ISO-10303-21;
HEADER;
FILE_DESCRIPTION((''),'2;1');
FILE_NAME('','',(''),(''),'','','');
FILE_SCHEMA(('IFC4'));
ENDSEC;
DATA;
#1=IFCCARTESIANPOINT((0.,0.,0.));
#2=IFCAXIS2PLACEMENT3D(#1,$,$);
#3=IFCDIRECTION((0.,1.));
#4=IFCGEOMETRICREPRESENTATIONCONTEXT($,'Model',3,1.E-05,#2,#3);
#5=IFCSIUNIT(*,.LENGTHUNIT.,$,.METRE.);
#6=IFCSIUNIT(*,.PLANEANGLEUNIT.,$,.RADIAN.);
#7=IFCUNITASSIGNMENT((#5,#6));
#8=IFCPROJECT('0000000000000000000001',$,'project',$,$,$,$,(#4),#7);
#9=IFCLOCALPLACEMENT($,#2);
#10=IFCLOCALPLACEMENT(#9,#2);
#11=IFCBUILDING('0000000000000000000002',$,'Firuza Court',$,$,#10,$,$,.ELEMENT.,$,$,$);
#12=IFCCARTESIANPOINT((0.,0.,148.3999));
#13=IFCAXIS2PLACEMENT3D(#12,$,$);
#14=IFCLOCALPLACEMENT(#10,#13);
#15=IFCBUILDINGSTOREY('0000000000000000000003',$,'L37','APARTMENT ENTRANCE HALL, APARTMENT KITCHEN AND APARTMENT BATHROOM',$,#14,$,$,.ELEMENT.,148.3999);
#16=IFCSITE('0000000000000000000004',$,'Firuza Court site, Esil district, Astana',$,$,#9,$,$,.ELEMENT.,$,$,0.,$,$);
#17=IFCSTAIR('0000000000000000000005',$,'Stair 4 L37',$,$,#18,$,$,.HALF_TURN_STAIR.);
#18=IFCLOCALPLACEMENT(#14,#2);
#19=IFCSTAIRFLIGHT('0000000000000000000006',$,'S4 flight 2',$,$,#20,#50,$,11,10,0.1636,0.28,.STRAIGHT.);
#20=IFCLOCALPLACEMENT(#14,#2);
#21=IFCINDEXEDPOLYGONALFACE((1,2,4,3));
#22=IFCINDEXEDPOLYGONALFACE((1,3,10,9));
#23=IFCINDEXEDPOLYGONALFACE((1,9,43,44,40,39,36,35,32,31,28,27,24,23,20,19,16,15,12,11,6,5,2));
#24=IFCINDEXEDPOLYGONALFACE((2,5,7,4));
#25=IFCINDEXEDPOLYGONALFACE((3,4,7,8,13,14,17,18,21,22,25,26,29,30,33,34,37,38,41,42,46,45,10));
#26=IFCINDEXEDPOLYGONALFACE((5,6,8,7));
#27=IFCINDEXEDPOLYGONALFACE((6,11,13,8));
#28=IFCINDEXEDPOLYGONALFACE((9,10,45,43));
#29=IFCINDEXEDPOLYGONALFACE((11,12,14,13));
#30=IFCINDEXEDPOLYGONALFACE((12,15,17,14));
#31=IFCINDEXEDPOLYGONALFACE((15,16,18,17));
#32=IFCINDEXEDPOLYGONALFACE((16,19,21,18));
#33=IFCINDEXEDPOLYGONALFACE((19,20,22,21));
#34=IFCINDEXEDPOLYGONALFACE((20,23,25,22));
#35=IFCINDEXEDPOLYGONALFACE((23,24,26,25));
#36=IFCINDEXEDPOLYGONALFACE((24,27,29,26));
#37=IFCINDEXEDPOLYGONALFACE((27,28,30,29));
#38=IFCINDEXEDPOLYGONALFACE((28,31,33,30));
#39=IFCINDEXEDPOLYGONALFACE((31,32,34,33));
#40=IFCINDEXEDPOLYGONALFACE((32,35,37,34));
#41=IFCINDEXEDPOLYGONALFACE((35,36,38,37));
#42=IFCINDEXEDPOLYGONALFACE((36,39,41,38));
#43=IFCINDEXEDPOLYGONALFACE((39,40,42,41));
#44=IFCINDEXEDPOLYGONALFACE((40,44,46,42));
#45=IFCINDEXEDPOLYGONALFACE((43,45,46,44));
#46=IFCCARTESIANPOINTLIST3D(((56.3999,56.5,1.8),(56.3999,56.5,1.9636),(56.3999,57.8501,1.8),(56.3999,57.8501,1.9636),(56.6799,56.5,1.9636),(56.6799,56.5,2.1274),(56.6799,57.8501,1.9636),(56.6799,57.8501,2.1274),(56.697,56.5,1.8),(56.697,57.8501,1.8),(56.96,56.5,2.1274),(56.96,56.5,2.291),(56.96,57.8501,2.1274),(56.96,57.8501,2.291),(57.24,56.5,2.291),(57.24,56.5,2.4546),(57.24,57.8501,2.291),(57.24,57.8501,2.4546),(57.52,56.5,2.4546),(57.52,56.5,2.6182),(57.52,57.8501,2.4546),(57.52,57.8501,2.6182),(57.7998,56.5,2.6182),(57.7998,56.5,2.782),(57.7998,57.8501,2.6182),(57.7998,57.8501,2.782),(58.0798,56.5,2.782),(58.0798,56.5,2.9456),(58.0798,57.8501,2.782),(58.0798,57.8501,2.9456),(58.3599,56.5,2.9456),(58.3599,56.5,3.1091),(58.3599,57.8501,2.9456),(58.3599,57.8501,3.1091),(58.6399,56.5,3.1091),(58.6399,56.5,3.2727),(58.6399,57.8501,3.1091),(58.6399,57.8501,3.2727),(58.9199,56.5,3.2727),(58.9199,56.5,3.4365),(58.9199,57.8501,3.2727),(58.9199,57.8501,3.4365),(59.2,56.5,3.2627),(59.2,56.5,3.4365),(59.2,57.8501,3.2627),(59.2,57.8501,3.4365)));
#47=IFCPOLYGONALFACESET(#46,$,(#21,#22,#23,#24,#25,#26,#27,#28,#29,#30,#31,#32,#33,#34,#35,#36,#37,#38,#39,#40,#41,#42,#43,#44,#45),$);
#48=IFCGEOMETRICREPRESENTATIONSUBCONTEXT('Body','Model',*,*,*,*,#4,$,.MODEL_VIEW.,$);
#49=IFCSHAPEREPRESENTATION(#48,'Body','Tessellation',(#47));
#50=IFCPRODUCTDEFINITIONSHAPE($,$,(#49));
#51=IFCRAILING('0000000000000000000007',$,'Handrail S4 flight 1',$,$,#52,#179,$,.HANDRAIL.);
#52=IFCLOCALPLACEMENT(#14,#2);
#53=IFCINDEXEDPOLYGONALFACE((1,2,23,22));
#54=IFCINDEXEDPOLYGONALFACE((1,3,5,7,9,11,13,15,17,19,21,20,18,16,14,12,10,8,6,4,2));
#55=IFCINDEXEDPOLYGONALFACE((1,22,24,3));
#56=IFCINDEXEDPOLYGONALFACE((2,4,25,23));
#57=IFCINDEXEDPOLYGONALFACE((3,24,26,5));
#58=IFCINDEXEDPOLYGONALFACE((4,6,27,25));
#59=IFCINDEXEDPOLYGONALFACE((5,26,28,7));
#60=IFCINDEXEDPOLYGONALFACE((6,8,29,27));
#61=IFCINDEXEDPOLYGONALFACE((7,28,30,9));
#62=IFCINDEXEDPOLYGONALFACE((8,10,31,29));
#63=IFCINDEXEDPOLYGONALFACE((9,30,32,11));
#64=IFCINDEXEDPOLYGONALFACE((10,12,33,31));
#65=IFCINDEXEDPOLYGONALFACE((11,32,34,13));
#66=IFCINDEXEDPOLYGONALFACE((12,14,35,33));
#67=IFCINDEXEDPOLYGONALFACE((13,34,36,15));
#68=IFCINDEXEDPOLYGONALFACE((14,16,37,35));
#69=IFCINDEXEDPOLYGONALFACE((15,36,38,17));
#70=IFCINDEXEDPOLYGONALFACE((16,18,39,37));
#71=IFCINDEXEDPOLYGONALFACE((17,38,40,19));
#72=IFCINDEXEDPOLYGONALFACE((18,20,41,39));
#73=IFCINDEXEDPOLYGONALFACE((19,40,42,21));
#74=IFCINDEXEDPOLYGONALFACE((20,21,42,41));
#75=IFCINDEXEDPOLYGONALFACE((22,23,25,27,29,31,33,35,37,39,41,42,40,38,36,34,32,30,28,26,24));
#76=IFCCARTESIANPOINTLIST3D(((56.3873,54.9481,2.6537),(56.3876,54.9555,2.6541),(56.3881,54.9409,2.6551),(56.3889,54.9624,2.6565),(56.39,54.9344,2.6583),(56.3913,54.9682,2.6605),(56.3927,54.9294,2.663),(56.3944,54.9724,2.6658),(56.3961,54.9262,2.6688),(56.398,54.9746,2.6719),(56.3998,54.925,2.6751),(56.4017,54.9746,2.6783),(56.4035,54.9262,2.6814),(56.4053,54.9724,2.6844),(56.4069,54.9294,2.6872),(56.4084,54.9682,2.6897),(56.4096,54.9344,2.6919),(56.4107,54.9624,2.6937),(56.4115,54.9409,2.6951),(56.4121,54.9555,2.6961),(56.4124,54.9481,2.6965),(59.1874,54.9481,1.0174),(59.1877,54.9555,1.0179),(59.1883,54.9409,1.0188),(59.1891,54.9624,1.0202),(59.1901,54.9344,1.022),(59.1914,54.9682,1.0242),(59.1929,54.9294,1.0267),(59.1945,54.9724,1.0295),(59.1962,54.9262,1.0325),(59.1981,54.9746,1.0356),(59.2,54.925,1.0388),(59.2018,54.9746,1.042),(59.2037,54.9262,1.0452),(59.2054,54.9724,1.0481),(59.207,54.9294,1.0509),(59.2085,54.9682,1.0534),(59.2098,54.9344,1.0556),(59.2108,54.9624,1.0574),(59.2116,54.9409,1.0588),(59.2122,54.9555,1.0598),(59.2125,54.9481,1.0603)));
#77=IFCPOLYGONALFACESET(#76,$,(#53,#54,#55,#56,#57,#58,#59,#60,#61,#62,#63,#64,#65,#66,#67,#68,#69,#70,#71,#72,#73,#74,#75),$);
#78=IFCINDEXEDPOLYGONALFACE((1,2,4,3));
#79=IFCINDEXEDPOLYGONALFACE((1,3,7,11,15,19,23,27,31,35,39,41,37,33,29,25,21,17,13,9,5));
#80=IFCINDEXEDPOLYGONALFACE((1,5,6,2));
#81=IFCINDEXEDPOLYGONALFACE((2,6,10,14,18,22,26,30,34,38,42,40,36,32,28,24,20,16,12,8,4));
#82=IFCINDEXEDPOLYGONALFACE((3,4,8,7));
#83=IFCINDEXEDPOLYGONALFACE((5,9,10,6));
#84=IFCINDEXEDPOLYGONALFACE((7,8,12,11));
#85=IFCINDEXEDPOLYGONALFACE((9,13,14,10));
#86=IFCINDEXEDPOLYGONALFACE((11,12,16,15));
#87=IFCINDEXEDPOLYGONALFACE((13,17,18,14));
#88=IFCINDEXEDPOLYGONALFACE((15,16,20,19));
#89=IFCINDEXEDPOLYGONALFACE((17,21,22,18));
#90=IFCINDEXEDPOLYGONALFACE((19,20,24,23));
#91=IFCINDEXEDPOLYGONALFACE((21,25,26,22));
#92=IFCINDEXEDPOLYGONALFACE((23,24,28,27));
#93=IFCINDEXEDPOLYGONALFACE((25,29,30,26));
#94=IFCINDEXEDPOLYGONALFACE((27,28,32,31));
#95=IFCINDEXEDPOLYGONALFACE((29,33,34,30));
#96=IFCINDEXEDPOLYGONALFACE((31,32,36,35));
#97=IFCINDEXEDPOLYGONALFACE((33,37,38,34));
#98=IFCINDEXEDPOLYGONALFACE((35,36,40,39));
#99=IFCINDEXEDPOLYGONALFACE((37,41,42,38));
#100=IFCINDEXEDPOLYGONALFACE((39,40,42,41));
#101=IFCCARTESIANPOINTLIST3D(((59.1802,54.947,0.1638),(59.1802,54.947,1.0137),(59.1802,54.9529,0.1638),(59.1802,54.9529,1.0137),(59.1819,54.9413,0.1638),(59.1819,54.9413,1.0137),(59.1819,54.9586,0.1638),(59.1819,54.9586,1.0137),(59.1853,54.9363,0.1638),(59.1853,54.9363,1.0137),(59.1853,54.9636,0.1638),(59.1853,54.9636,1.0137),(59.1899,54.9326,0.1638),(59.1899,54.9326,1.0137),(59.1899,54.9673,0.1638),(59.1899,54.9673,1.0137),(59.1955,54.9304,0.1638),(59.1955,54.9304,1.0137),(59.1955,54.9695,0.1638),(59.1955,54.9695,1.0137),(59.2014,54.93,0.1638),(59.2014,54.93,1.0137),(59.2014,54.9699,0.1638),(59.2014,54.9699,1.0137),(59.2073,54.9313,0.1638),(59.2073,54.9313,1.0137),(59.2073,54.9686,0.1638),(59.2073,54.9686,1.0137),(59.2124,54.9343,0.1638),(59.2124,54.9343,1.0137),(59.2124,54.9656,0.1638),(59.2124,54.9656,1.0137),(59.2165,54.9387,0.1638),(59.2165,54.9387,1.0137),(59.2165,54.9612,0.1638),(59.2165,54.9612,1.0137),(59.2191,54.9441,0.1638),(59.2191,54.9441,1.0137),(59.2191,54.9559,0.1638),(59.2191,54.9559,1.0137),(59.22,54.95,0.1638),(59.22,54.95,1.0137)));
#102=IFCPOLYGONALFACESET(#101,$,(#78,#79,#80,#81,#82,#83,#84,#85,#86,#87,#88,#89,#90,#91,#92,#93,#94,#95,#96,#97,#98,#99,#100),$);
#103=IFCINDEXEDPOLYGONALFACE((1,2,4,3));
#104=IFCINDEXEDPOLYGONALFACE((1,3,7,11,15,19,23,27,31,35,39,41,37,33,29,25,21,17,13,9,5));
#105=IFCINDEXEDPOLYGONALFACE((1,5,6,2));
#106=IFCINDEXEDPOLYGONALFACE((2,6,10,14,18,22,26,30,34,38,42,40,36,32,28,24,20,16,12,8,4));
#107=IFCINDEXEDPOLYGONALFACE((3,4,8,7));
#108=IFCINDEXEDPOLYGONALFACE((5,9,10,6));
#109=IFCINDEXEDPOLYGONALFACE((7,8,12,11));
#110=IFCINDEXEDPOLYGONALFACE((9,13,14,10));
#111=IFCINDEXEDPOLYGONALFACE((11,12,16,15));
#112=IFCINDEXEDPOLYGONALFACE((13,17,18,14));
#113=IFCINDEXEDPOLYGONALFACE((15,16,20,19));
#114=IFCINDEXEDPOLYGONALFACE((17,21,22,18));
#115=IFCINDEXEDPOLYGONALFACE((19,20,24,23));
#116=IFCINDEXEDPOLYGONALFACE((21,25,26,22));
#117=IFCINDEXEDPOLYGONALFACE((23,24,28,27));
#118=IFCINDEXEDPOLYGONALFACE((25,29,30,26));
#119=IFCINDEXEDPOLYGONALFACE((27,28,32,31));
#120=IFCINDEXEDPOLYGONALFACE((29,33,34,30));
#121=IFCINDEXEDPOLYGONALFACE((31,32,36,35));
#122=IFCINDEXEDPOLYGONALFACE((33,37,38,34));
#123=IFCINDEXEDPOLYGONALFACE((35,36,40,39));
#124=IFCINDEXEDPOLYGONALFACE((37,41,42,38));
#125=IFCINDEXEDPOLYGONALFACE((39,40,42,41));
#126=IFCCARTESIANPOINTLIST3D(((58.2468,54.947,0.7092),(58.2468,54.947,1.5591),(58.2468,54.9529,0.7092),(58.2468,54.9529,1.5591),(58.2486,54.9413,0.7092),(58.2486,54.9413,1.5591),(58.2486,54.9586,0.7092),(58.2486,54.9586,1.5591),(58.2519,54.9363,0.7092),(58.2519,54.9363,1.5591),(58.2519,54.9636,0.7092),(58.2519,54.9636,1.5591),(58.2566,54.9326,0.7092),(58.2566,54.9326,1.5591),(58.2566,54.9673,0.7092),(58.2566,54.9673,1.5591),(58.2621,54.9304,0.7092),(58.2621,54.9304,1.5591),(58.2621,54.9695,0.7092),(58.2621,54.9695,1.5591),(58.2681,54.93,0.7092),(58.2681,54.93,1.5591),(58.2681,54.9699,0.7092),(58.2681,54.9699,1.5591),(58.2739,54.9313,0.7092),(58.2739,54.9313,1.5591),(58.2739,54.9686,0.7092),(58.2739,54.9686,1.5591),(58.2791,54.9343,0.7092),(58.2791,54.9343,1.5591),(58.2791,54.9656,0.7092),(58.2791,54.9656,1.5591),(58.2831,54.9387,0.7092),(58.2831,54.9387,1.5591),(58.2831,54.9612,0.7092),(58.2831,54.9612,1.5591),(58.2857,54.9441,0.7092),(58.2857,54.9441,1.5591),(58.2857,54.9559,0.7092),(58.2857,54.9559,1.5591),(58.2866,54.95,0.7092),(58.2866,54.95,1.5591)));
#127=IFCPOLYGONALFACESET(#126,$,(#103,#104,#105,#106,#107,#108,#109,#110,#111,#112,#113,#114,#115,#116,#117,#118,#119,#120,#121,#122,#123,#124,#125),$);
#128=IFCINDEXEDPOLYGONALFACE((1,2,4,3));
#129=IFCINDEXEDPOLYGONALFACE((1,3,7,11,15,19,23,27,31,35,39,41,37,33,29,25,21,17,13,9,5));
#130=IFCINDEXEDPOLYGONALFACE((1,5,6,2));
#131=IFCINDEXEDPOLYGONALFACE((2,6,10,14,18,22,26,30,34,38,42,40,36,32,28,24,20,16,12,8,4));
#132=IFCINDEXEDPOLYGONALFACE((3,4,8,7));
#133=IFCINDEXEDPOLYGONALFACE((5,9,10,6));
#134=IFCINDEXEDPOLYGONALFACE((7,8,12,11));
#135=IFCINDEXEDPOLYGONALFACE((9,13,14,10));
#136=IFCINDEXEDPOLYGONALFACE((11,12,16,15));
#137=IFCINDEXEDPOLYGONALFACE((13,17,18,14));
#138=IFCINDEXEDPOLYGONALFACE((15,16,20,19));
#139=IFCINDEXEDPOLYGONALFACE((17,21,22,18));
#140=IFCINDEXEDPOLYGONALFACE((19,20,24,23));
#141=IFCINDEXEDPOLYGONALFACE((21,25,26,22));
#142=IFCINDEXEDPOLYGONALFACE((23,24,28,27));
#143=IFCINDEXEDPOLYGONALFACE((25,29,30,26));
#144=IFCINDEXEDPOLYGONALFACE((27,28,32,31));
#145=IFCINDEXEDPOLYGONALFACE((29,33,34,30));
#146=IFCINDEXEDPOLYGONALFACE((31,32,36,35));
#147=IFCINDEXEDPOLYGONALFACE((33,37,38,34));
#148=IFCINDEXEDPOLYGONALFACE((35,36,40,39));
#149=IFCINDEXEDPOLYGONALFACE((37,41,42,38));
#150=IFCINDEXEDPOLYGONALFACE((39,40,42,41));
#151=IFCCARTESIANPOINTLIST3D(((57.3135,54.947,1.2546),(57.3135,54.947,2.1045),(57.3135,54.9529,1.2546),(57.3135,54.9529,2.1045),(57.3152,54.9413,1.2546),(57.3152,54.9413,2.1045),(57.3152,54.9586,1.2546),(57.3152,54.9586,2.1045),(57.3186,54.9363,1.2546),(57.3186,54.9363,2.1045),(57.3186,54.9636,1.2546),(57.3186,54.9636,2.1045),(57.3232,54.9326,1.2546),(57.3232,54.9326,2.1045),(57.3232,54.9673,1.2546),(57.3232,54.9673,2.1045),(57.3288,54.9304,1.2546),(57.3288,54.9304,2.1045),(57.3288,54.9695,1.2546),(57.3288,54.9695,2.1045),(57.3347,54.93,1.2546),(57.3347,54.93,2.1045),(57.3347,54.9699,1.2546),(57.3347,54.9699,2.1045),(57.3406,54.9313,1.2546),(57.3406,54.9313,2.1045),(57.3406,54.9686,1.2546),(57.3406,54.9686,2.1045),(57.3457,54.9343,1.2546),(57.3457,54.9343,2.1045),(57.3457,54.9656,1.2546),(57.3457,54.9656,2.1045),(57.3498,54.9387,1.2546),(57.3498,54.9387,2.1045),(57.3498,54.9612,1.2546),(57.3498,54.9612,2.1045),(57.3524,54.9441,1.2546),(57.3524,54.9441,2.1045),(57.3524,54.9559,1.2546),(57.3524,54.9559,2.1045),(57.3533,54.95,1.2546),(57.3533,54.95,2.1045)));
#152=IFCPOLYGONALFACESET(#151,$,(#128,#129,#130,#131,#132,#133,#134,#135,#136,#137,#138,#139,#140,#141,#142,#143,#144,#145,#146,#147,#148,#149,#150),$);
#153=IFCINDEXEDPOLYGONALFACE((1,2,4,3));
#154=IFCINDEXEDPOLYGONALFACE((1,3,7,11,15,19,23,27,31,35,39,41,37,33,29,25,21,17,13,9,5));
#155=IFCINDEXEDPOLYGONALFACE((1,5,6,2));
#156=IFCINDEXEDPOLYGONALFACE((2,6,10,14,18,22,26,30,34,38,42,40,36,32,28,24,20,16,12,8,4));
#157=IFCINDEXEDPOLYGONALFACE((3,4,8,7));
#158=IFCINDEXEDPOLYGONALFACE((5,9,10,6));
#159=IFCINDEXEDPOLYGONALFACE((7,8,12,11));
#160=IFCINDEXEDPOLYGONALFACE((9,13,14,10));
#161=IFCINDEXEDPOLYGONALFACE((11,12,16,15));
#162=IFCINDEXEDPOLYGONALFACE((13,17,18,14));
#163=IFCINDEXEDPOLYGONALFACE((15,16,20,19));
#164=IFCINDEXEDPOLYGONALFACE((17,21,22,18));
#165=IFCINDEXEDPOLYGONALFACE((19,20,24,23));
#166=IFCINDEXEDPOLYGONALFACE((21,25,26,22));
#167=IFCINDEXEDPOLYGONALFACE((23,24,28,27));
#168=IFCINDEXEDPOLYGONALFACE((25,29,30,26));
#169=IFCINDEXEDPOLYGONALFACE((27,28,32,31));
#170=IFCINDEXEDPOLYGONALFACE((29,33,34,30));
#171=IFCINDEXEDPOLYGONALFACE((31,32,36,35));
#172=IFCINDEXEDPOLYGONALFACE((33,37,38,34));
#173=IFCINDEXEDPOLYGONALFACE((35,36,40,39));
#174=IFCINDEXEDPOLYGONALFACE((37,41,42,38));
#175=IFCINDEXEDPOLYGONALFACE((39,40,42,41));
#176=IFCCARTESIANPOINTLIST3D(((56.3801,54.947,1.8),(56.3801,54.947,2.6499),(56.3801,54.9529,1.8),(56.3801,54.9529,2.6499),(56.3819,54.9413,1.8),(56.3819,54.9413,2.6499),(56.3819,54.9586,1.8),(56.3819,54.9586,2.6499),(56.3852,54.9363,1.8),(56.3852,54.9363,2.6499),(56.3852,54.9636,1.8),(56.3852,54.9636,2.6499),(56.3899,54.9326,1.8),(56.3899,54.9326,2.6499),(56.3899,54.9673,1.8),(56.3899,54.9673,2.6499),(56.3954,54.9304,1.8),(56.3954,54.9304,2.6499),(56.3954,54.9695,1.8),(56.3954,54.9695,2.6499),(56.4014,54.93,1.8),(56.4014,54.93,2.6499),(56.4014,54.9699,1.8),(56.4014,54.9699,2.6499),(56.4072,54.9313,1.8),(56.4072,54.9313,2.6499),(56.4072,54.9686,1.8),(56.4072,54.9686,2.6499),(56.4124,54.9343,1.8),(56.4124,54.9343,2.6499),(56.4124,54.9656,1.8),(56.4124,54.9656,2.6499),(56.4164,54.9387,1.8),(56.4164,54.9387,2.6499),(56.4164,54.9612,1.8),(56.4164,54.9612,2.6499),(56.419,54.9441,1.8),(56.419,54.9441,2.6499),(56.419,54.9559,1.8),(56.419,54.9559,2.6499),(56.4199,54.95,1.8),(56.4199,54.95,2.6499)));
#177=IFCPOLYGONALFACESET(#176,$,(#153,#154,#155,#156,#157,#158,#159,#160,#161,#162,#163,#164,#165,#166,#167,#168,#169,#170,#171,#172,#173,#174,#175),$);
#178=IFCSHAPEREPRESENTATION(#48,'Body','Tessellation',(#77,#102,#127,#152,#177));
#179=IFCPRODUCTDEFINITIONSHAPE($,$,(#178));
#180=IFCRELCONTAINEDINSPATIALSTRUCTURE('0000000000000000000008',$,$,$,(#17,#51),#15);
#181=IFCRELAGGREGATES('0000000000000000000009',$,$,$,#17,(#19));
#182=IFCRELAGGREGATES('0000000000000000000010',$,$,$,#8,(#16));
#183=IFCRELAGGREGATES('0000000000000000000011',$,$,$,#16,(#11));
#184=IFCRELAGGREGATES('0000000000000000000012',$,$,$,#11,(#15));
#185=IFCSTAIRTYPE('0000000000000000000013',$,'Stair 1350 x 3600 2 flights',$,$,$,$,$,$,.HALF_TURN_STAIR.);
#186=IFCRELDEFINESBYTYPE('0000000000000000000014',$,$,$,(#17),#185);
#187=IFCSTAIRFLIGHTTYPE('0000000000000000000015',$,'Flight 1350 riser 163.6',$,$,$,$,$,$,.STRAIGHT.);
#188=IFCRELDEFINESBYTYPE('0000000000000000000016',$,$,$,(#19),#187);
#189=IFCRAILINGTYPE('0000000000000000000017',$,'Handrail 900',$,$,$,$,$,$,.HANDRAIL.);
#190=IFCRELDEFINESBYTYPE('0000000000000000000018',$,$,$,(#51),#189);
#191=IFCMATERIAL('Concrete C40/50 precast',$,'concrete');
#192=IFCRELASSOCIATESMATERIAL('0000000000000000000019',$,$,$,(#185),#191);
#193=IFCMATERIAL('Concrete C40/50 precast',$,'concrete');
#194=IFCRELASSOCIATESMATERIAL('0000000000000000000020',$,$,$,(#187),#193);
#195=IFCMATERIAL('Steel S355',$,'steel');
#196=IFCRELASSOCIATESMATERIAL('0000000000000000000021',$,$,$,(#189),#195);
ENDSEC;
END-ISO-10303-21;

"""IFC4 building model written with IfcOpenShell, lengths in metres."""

from ifc_helpers import new_model, si_unit, direction, frame, origin, origin_2d, place, context, subcontext, project, spatial, polyline, circle, outline, extrude, material, type_object, element, aggregate, save


model = new_model("IFC4")

# Units and contexts
model_context = context("Model", 3, precision=1e-05, world=origin(), true_north=direction((0.0, 1.0)))
body_context = subcontext(model_context, "Body", "Model", "MODEL_VIEW")
ifc_project = project(units=[si_unit("LENGTHUNIT", "METRE"), si_unit("PLANEANGLEUNIT", "RADIAN")], contexts=[model_context])

# Site, building, storey
site_placement = place(None, origin())
site = spatial("IfcSite", under=ifc_project, at=site_placement, Name="Firuza Court site, Esil district, Astana", CompositionType="ELEMENT", RefElevation=0.0)
building_placement = place(site_placement, origin())
building = spatial("IfcBuilding", under=site, at=building_placement, Name="Firuza Court", CompositionType="ELEMENT")
storey_placement = place(building_placement, frame((0.0, 0.0, 148.3999)))
storey = spatial("IfcBuildingStorey", under=building, at=storey_placement, Name="L37", Description="APARTMENT ENTRANCE HALL, APARTMENT KITCHEN AND APARTMENT BATHROOM", CompositionType="ELEMENT", Elevation=148.3999)

# Stair, stair flight
ifc_material_1 = material(Name="Concrete C40/50 precast", Category="concrete")
stair_type = type_object("IfcStairType", Name="Stair 1350 x 3600 2 flights", PredefinedType="HALF_TURN_STAIR", material=ifc_material_1)
stair_placement = place(storey_placement, origin())
stair = element("IfcStair", 1, at=stair_placement, inside=storey, type_object=stair_type, Name="Stair 4 L37", PredefinedType="HALF_TURN_STAIR")
ifc_material_2 = material(Name="Concrete C40/50 precast", Category="concrete")
stair_flight_type = type_object("IfcStairFlightType", Name="Flight 1350 riser 163.6", PredefinedType="STRAIGHT", material=ifc_material_2)
stair_flight_1_placement = place(storey_placement, frame((56.3999, 57.175, 1.8), z_axis=(0.0, 0.0, 1.0), x_axis=(1.0, 0.0, 0.0)))
stair_flight_1 = element("IfcStairFlight", 2, at=stair_flight_1_placement, type_object=stair_flight_type, Name="S4 flight 2", NumberOfRisers=11, NumberOfTreads=10, PredefinedType="STRAIGHT", RiserHeight=0.1636, TreadLength=0.28, context=body_context, shape_type="SweptSolid", body=[
    extrude(outline(polyline([(0.0, 0.0), (0.0, 0.1636), (0.28, 0.1636), (0.28, 0.3274), (0.5601, 0.3274), (0.5601, 0.491), (0.8401, 0.491), (0.8401, 0.6545), (1.1201, 0.6545), (1.1201, 0.8181), (1.3999, 0.8181), (1.3999, 0.9819), (1.6799, 0.9819), (1.6799, 1.1455), (1.96, 1.1455), (1.96, 1.3091), (2.24, 1.3091), (2.24, 1.4727), (2.52, 1.4727), (2.52, 1.6365), (2.8, 1.6365), (2.8, 1.8), (2.8, 1.4626), (0.2971, 0.0), (0.0, 0.0)])), frame((0.0, 0.675, 0.0), z_axis=(0.0, -1.0, 0.0), x_axis=(1.0, 0.0, 0.0)), (0.0, 0.0, 1.0), 1.3501),
])
aggregate(stair, [stair_flight_1])

# Railing
ifc_material_3 = material(Name="Steel S355", Category="steel")
railing_type_1 = type_object("IfcRailingType", Name="Handrail 900", PredefinedType="HANDRAIL", material=ifc_material_3)
railing_1_placement = place(storey_placement, frame((59.2, 54.95, 0.1638)))
element("IfcRailing", 3, at=railing_1_placement, inside=storey, type_object=railing_type_1, Name="Handrail S4 flight 1", PredefinedType="HANDRAIL", context=body_context, shape_type="SweptSolid", body=[
    extrude(circle(Radius=0.0249, at=origin_2d()), frame((0.0, 0.0, 0.875), z_axis=(-0.863394, 0.0, 0.504531), x_axis=(0.0, -1.0, 0.0)), (0.0, 0.0, 1.0), 3.2432),
    extrude(circle(Radius=0.02, at=origin_2d()), origin(), (0.0, 0.0, 1.0), 0.8499),
    extrude(circle(Radius=0.02, at=origin_2d()), frame((-0.9333, 0.0, 0.5454)), (0.0, 0.0, 1.0), 0.8499),
    extrude(circle(Radius=0.02, at=origin_2d()), frame((-1.8667, 0.0, 1.0908)), (0.0, 0.0, 1.0), 0.8499),
    extrude(circle(Radius=0.02, at=origin_2d()), frame((-2.8, 0.0, 1.6362)), (0.0, 0.0, 1.0), 0.8499),
])

save(model, "model.ifc")
